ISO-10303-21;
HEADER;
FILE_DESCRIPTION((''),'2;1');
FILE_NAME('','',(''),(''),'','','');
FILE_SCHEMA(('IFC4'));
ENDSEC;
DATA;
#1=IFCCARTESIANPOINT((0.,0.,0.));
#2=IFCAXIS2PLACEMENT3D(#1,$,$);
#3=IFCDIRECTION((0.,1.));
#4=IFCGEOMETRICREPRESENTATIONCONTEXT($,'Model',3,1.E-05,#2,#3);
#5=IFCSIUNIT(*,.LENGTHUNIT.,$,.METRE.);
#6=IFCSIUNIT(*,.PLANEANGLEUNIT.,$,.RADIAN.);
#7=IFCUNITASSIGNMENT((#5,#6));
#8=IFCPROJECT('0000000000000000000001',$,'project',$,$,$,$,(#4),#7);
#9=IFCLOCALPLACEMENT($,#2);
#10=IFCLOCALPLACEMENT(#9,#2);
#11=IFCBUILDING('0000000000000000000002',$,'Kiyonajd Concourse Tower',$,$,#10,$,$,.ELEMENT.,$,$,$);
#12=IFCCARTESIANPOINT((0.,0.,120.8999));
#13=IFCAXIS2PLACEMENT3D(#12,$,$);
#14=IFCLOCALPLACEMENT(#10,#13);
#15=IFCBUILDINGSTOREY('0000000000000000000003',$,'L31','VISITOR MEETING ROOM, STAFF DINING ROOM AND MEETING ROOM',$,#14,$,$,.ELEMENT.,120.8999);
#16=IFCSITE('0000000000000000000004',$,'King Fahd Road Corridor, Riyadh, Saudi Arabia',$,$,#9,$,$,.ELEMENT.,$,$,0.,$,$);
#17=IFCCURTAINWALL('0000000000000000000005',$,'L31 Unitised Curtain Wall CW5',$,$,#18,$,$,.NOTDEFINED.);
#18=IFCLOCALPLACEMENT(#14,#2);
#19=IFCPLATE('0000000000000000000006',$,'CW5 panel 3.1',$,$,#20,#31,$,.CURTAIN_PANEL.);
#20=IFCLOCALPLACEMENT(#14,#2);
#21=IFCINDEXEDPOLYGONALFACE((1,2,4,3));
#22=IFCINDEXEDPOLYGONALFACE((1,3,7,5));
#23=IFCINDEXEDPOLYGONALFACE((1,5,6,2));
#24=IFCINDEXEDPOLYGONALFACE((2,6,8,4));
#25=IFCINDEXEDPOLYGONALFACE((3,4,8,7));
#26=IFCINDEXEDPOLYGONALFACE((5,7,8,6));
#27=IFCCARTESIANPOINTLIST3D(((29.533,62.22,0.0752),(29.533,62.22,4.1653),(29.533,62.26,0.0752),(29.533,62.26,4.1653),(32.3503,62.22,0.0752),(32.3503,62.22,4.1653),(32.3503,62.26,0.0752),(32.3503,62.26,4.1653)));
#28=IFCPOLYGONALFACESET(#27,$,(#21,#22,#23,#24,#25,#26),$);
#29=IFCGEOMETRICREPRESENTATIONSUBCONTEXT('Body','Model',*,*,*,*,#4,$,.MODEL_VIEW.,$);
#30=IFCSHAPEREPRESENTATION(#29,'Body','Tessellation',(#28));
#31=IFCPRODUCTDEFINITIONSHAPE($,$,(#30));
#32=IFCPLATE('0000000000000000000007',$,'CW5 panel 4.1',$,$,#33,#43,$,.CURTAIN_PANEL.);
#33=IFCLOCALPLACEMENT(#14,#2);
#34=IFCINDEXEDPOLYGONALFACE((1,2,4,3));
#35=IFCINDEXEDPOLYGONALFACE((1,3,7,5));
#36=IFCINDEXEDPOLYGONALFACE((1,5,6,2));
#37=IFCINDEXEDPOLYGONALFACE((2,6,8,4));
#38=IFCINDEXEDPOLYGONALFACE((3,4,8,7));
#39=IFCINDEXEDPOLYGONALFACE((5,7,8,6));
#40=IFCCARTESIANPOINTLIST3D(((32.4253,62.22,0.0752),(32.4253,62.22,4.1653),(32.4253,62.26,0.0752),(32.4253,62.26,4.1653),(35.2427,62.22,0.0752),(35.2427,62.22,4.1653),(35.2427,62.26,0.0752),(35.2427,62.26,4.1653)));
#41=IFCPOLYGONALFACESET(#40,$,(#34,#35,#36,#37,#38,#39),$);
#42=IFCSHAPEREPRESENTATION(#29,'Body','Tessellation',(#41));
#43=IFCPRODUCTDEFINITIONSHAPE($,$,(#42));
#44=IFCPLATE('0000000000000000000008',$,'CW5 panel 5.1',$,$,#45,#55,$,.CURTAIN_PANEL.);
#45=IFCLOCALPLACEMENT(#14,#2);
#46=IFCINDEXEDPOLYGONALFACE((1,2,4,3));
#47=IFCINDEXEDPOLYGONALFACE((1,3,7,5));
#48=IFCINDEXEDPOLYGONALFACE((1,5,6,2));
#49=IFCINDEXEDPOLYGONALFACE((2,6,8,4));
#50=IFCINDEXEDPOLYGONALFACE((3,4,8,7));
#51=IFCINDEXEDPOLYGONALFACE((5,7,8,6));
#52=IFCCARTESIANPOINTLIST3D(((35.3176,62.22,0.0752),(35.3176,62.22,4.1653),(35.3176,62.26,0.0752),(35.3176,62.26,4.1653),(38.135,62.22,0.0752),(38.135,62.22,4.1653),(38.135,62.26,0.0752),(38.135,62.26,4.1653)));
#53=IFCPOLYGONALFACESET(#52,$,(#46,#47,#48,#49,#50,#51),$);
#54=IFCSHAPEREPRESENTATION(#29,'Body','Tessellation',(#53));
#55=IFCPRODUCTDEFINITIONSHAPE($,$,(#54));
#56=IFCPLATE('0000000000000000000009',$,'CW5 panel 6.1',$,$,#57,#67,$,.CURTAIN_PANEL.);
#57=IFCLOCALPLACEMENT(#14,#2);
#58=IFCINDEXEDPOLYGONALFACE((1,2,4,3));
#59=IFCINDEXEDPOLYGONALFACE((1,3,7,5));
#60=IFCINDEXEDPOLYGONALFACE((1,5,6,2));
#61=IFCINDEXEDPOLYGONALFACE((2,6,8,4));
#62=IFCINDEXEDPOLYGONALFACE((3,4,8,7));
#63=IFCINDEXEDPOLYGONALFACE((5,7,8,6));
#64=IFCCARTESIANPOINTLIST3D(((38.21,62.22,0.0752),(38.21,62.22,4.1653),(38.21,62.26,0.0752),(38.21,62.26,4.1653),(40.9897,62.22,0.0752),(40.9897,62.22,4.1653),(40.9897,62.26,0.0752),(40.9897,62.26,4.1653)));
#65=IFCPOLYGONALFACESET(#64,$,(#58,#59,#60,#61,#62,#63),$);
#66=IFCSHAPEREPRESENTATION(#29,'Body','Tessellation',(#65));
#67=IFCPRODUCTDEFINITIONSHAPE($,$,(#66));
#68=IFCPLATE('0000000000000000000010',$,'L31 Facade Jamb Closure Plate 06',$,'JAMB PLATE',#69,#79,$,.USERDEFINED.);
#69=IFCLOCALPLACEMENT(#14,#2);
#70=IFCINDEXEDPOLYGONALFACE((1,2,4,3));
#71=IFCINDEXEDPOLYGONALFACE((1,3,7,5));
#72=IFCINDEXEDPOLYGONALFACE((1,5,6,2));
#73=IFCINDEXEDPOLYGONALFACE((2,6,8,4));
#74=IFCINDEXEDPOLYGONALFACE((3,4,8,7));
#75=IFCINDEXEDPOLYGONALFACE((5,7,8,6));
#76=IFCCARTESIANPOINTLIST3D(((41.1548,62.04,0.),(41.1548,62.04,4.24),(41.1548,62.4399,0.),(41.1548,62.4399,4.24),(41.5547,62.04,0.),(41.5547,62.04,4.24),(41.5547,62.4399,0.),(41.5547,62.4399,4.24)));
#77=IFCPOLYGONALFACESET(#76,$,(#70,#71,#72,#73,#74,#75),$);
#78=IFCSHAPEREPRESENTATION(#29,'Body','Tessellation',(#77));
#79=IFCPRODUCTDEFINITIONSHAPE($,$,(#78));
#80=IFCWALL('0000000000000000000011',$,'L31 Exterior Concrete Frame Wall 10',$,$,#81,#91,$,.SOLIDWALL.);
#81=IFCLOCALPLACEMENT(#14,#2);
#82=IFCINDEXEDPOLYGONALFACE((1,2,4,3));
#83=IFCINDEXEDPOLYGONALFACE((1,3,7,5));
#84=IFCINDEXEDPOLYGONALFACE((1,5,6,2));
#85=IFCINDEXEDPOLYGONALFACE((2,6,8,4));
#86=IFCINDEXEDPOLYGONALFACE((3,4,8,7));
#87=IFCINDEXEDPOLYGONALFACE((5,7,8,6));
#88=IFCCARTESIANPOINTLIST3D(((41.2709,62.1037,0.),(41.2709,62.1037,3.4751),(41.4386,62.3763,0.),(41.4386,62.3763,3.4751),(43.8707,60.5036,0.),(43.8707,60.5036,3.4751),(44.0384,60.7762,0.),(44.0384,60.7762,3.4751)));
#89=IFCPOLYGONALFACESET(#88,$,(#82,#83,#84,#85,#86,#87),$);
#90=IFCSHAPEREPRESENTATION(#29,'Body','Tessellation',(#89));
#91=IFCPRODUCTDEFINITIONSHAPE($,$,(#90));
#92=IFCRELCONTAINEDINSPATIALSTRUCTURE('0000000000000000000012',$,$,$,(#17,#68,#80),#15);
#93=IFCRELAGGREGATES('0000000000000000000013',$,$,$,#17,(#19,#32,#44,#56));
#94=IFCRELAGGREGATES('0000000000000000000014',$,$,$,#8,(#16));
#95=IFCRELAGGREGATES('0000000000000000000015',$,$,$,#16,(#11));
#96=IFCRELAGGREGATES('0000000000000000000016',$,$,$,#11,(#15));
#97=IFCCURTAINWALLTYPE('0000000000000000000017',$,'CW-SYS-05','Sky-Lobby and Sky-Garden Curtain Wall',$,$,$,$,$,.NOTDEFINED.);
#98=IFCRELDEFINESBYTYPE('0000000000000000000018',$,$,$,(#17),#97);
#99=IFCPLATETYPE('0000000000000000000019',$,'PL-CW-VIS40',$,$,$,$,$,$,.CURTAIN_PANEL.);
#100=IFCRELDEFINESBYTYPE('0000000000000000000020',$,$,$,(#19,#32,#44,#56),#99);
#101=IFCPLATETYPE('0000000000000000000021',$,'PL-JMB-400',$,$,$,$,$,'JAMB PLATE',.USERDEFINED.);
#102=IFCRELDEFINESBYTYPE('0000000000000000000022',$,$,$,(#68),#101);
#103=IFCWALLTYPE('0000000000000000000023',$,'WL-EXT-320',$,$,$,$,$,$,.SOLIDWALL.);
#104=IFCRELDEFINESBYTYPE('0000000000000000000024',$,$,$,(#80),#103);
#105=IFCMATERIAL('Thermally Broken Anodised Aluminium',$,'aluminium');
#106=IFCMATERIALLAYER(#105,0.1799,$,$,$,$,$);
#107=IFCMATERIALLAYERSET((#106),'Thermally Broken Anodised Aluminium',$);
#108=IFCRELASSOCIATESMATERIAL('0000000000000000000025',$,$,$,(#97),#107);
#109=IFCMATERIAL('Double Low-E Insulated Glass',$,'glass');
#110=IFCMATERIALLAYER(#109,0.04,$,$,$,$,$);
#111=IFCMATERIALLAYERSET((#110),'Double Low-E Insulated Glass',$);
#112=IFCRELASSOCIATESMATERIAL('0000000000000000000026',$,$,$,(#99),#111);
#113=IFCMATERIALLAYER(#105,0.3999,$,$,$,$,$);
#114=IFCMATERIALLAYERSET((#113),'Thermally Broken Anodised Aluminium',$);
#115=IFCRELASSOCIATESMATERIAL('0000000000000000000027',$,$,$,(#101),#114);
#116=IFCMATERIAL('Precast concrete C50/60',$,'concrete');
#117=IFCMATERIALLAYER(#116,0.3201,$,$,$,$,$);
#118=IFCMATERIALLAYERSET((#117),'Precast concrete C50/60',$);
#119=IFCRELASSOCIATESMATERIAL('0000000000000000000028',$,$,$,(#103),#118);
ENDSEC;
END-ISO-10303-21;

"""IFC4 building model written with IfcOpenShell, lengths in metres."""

from ifc_helpers import new_model, si_unit, direction, frame, frame_2d, origin, origin_2d, place, context, subcontext, project, spatial, rectangle, extrude, material, layer, layer_set, type_object, element, aggregate, save


model = new_model("IFC4")

# Units and contexts
model_context = context("Model", 3, precision=1e-05, world=origin(), true_north=direction((0.0, 1.0)))
body_context = subcontext(model_context, "Body", "Model", "MODEL_VIEW")
ifc_project = project(units=[si_unit("LENGTHUNIT", "METRE"), si_unit("PLANEANGLEUNIT", "RADIAN")], contexts=[model_context])

# Site, building, storey
site_placement = place(None, origin())
site = spatial("IfcSite", under=ifc_project, at=site_placement, Name="King Fahd Road Corridor, Riyadh, Saudi Arabia", CompositionType="ELEMENT", RefElevation=0.0)
building_placement = place(site_placement, origin())
building = spatial("IfcBuilding", under=site, at=building_placement, Name="Kiyonajd Concourse Tower", CompositionType="ELEMENT")
storey_placement = place(building_placement, frame((0.0, 0.0, 120.8999)))
storey = spatial("IfcBuildingStorey", under=building, at=storey_placement, Name="L31", Description="VISITOR MEETING ROOM, STAFF DINING ROOM AND MEETING ROOM", CompositionType="ELEMENT", Elevation=120.8999)

# Shared definitions
ifc_material_1 = material(Name="Precast concrete C50/60", Category="concrete")

# Curtain wall, plates
ifc_material_2 = material(Name="Thermally Broken Anodised Aluminium", Category="aluminium")
ifc_layer_1 = layer(ifc_material_2, 0.1799)
ifc_layer_set_1 = layer_set([ifc_layer_1], Name="Thermally Broken Anodised Aluminium")
curtain_wall_type = type_object("IfcCurtainWallType", Name="CW-SYS-05", Description="Sky-Lobby and Sky-Garden Curtain Wall", PredefinedType="NOTDEFINED", material=ifc_layer_set_1)
curtain_wall_placement = place(storey_placement, origin())
curtain_wall = element("IfcCurtainWall", 1, at=curtain_wall_placement, inside=storey, type_object=curtain_wall_type, Name="L31 Unitised Curtain Wall CW5", PredefinedType="NOTDEFINED")
ifc_material_3 = material(Name="Double Low-E Insulated Glass", Category="glass")
ifc_layer_2 = layer(ifc_material_3, 0.04)
ifc_layer_set_2 = layer_set([ifc_layer_2], Name="Double Low-E Insulated Glass")
plate_type_1 = type_object("IfcPlateType", Name="PL-CW-VIS40", PredefinedType="CURTAIN_PANEL", material=ifc_layer_set_2)
plate_1_placement = place(storey_placement, frame((30.9417, 62.24, 0.0752), z_axis=(0.0, 0.0, 1.0), x_axis=(1.0, 0.0, 0.0)))
plate_1 = element("IfcPlate", 2, at=plate_1_placement, type_object=plate_type_1, Name="CW5 panel 3.1", PredefinedType="CURTAIN_PANEL", context=body_context, shape_type="SweptSolid", body=[
    extrude(rectangle(XDim=2.8174, YDim=0.04, at=origin_2d()), origin(), (0.0, 0.0, 1.0), 4.0901),
])
plate_2_placement = place(storey_placement, frame((33.834, 62.24, 0.0752), z_axis=(0.0, 0.0, 1.0), x_axis=(1.0, 0.0, 0.0)))
plate_2 = element("IfcPlate", 3, at=plate_2_placement, type_object=plate_type_1, Name="CW5 panel 4.1", PredefinedType="CURTAIN_PANEL", context=body_context, shape_type="SweptSolid", body=[
    extrude(rectangle(XDim=2.8174, YDim=0.04, at=origin_2d()), origin(), (0.0, 0.0, 1.0), 4.0901),
])
plate_3_placement = place(storey_placement, frame((36.7263, 62.24, 0.0752), z_axis=(0.0, 0.0, 1.0), x_axis=(1.0, 0.0, 0.0)))
plate_3 = element("IfcPlate", 4, at=plate_3_placement, type_object=plate_type_1, Name="CW5 panel 5.1", PredefinedType="CURTAIN_PANEL", context=body_context, shape_type="SweptSolid", body=[
    extrude(rectangle(XDim=2.8174, YDim=0.04, at=origin_2d()), origin(), (0.0, 0.0, 1.0), 4.0901),
])
plate_4_placement = place(storey_placement, frame((39.5999, 62.24, 0.0752), z_axis=(0.0, 0.0, 1.0), x_axis=(1.0, 0.0, 0.0)))
plate_4 = element("IfcPlate", 5, at=plate_4_placement, type_object=plate_type_1, Name="CW5 panel 6.1", PredefinedType="CURTAIN_PANEL", context=body_context, shape_type="SweptSolid", body=[
    extrude(rectangle(XDim=2.7798, YDim=0.04, at=origin_2d()), origin(), (0.0, 0.0, 1.0), 4.0901),
])
aggregate(curtain_wall, [plate_1, plate_2, plate_3, plate_4])

# Plate
ifc_layer_3 = layer(ifc_material_2, 0.3999)
ifc_layer_set_3 = layer_set([ifc_layer_3], Name="Thermally Broken Anodised Aluminium")
plate_type_2 = type_object("IfcPlateType", Name="PL-JMB-400", ElementType="JAMB PLATE", PredefinedType="USERDEFINED", material=ifc_layer_set_3)
plate_5_placement = place(storey_placement, frame((41.3547, 62.24, 0.0), z_axis=(0.0, 0.0, 1.0), x_axis=(1.0, 0.0, 0.0)))
element("IfcPlate", 6, at=plate_5_placement, inside=storey, type_object=plate_type_2, Name="L31 Facade Jamb Closure Plate 06", ObjectType="JAMB PLATE", PredefinedType="USERDEFINED", context=body_context, shape_type="SweptSolid", body=[
    extrude(rectangle(XDim=0.3999, YDim=0.3999, at=origin_2d()), origin(), (0.0, 0.0, 1.0), 4.24),
])

# Wall
ifc_layer_4 = layer(ifc_material_1, 0.3201)
ifc_layer_set_4 = layer_set([ifc_layer_4], Name="Precast concrete C50/60")
wall_type = type_object("IfcWallType", Name="WL-EXT-320", PredefinedType="SOLIDWALL", material=ifc_layer_set_4)
wall_placement = place(storey_placement, frame((41.3547, 62.24, 0.0), z_axis=(0.0, 0.0, 1.0), x_axis=(0.851631, -0.524142, 0.0)))
element("IfcWall", 7, at=wall_placement, inside=storey, type_object=wall_type, Name="L31 Exterior Concrete Frame Wall 10", PredefinedType="SOLIDWALL", context=body_context, shape_type="SweptSolid", body=[
    extrude(rectangle(XDim=3.0527, YDim=0.3201, at=frame_2d((1.5264, 0.0))), origin(), (0.0, 0.0, 1.0), 3.4751),
])

save(model, "model.ifc")
